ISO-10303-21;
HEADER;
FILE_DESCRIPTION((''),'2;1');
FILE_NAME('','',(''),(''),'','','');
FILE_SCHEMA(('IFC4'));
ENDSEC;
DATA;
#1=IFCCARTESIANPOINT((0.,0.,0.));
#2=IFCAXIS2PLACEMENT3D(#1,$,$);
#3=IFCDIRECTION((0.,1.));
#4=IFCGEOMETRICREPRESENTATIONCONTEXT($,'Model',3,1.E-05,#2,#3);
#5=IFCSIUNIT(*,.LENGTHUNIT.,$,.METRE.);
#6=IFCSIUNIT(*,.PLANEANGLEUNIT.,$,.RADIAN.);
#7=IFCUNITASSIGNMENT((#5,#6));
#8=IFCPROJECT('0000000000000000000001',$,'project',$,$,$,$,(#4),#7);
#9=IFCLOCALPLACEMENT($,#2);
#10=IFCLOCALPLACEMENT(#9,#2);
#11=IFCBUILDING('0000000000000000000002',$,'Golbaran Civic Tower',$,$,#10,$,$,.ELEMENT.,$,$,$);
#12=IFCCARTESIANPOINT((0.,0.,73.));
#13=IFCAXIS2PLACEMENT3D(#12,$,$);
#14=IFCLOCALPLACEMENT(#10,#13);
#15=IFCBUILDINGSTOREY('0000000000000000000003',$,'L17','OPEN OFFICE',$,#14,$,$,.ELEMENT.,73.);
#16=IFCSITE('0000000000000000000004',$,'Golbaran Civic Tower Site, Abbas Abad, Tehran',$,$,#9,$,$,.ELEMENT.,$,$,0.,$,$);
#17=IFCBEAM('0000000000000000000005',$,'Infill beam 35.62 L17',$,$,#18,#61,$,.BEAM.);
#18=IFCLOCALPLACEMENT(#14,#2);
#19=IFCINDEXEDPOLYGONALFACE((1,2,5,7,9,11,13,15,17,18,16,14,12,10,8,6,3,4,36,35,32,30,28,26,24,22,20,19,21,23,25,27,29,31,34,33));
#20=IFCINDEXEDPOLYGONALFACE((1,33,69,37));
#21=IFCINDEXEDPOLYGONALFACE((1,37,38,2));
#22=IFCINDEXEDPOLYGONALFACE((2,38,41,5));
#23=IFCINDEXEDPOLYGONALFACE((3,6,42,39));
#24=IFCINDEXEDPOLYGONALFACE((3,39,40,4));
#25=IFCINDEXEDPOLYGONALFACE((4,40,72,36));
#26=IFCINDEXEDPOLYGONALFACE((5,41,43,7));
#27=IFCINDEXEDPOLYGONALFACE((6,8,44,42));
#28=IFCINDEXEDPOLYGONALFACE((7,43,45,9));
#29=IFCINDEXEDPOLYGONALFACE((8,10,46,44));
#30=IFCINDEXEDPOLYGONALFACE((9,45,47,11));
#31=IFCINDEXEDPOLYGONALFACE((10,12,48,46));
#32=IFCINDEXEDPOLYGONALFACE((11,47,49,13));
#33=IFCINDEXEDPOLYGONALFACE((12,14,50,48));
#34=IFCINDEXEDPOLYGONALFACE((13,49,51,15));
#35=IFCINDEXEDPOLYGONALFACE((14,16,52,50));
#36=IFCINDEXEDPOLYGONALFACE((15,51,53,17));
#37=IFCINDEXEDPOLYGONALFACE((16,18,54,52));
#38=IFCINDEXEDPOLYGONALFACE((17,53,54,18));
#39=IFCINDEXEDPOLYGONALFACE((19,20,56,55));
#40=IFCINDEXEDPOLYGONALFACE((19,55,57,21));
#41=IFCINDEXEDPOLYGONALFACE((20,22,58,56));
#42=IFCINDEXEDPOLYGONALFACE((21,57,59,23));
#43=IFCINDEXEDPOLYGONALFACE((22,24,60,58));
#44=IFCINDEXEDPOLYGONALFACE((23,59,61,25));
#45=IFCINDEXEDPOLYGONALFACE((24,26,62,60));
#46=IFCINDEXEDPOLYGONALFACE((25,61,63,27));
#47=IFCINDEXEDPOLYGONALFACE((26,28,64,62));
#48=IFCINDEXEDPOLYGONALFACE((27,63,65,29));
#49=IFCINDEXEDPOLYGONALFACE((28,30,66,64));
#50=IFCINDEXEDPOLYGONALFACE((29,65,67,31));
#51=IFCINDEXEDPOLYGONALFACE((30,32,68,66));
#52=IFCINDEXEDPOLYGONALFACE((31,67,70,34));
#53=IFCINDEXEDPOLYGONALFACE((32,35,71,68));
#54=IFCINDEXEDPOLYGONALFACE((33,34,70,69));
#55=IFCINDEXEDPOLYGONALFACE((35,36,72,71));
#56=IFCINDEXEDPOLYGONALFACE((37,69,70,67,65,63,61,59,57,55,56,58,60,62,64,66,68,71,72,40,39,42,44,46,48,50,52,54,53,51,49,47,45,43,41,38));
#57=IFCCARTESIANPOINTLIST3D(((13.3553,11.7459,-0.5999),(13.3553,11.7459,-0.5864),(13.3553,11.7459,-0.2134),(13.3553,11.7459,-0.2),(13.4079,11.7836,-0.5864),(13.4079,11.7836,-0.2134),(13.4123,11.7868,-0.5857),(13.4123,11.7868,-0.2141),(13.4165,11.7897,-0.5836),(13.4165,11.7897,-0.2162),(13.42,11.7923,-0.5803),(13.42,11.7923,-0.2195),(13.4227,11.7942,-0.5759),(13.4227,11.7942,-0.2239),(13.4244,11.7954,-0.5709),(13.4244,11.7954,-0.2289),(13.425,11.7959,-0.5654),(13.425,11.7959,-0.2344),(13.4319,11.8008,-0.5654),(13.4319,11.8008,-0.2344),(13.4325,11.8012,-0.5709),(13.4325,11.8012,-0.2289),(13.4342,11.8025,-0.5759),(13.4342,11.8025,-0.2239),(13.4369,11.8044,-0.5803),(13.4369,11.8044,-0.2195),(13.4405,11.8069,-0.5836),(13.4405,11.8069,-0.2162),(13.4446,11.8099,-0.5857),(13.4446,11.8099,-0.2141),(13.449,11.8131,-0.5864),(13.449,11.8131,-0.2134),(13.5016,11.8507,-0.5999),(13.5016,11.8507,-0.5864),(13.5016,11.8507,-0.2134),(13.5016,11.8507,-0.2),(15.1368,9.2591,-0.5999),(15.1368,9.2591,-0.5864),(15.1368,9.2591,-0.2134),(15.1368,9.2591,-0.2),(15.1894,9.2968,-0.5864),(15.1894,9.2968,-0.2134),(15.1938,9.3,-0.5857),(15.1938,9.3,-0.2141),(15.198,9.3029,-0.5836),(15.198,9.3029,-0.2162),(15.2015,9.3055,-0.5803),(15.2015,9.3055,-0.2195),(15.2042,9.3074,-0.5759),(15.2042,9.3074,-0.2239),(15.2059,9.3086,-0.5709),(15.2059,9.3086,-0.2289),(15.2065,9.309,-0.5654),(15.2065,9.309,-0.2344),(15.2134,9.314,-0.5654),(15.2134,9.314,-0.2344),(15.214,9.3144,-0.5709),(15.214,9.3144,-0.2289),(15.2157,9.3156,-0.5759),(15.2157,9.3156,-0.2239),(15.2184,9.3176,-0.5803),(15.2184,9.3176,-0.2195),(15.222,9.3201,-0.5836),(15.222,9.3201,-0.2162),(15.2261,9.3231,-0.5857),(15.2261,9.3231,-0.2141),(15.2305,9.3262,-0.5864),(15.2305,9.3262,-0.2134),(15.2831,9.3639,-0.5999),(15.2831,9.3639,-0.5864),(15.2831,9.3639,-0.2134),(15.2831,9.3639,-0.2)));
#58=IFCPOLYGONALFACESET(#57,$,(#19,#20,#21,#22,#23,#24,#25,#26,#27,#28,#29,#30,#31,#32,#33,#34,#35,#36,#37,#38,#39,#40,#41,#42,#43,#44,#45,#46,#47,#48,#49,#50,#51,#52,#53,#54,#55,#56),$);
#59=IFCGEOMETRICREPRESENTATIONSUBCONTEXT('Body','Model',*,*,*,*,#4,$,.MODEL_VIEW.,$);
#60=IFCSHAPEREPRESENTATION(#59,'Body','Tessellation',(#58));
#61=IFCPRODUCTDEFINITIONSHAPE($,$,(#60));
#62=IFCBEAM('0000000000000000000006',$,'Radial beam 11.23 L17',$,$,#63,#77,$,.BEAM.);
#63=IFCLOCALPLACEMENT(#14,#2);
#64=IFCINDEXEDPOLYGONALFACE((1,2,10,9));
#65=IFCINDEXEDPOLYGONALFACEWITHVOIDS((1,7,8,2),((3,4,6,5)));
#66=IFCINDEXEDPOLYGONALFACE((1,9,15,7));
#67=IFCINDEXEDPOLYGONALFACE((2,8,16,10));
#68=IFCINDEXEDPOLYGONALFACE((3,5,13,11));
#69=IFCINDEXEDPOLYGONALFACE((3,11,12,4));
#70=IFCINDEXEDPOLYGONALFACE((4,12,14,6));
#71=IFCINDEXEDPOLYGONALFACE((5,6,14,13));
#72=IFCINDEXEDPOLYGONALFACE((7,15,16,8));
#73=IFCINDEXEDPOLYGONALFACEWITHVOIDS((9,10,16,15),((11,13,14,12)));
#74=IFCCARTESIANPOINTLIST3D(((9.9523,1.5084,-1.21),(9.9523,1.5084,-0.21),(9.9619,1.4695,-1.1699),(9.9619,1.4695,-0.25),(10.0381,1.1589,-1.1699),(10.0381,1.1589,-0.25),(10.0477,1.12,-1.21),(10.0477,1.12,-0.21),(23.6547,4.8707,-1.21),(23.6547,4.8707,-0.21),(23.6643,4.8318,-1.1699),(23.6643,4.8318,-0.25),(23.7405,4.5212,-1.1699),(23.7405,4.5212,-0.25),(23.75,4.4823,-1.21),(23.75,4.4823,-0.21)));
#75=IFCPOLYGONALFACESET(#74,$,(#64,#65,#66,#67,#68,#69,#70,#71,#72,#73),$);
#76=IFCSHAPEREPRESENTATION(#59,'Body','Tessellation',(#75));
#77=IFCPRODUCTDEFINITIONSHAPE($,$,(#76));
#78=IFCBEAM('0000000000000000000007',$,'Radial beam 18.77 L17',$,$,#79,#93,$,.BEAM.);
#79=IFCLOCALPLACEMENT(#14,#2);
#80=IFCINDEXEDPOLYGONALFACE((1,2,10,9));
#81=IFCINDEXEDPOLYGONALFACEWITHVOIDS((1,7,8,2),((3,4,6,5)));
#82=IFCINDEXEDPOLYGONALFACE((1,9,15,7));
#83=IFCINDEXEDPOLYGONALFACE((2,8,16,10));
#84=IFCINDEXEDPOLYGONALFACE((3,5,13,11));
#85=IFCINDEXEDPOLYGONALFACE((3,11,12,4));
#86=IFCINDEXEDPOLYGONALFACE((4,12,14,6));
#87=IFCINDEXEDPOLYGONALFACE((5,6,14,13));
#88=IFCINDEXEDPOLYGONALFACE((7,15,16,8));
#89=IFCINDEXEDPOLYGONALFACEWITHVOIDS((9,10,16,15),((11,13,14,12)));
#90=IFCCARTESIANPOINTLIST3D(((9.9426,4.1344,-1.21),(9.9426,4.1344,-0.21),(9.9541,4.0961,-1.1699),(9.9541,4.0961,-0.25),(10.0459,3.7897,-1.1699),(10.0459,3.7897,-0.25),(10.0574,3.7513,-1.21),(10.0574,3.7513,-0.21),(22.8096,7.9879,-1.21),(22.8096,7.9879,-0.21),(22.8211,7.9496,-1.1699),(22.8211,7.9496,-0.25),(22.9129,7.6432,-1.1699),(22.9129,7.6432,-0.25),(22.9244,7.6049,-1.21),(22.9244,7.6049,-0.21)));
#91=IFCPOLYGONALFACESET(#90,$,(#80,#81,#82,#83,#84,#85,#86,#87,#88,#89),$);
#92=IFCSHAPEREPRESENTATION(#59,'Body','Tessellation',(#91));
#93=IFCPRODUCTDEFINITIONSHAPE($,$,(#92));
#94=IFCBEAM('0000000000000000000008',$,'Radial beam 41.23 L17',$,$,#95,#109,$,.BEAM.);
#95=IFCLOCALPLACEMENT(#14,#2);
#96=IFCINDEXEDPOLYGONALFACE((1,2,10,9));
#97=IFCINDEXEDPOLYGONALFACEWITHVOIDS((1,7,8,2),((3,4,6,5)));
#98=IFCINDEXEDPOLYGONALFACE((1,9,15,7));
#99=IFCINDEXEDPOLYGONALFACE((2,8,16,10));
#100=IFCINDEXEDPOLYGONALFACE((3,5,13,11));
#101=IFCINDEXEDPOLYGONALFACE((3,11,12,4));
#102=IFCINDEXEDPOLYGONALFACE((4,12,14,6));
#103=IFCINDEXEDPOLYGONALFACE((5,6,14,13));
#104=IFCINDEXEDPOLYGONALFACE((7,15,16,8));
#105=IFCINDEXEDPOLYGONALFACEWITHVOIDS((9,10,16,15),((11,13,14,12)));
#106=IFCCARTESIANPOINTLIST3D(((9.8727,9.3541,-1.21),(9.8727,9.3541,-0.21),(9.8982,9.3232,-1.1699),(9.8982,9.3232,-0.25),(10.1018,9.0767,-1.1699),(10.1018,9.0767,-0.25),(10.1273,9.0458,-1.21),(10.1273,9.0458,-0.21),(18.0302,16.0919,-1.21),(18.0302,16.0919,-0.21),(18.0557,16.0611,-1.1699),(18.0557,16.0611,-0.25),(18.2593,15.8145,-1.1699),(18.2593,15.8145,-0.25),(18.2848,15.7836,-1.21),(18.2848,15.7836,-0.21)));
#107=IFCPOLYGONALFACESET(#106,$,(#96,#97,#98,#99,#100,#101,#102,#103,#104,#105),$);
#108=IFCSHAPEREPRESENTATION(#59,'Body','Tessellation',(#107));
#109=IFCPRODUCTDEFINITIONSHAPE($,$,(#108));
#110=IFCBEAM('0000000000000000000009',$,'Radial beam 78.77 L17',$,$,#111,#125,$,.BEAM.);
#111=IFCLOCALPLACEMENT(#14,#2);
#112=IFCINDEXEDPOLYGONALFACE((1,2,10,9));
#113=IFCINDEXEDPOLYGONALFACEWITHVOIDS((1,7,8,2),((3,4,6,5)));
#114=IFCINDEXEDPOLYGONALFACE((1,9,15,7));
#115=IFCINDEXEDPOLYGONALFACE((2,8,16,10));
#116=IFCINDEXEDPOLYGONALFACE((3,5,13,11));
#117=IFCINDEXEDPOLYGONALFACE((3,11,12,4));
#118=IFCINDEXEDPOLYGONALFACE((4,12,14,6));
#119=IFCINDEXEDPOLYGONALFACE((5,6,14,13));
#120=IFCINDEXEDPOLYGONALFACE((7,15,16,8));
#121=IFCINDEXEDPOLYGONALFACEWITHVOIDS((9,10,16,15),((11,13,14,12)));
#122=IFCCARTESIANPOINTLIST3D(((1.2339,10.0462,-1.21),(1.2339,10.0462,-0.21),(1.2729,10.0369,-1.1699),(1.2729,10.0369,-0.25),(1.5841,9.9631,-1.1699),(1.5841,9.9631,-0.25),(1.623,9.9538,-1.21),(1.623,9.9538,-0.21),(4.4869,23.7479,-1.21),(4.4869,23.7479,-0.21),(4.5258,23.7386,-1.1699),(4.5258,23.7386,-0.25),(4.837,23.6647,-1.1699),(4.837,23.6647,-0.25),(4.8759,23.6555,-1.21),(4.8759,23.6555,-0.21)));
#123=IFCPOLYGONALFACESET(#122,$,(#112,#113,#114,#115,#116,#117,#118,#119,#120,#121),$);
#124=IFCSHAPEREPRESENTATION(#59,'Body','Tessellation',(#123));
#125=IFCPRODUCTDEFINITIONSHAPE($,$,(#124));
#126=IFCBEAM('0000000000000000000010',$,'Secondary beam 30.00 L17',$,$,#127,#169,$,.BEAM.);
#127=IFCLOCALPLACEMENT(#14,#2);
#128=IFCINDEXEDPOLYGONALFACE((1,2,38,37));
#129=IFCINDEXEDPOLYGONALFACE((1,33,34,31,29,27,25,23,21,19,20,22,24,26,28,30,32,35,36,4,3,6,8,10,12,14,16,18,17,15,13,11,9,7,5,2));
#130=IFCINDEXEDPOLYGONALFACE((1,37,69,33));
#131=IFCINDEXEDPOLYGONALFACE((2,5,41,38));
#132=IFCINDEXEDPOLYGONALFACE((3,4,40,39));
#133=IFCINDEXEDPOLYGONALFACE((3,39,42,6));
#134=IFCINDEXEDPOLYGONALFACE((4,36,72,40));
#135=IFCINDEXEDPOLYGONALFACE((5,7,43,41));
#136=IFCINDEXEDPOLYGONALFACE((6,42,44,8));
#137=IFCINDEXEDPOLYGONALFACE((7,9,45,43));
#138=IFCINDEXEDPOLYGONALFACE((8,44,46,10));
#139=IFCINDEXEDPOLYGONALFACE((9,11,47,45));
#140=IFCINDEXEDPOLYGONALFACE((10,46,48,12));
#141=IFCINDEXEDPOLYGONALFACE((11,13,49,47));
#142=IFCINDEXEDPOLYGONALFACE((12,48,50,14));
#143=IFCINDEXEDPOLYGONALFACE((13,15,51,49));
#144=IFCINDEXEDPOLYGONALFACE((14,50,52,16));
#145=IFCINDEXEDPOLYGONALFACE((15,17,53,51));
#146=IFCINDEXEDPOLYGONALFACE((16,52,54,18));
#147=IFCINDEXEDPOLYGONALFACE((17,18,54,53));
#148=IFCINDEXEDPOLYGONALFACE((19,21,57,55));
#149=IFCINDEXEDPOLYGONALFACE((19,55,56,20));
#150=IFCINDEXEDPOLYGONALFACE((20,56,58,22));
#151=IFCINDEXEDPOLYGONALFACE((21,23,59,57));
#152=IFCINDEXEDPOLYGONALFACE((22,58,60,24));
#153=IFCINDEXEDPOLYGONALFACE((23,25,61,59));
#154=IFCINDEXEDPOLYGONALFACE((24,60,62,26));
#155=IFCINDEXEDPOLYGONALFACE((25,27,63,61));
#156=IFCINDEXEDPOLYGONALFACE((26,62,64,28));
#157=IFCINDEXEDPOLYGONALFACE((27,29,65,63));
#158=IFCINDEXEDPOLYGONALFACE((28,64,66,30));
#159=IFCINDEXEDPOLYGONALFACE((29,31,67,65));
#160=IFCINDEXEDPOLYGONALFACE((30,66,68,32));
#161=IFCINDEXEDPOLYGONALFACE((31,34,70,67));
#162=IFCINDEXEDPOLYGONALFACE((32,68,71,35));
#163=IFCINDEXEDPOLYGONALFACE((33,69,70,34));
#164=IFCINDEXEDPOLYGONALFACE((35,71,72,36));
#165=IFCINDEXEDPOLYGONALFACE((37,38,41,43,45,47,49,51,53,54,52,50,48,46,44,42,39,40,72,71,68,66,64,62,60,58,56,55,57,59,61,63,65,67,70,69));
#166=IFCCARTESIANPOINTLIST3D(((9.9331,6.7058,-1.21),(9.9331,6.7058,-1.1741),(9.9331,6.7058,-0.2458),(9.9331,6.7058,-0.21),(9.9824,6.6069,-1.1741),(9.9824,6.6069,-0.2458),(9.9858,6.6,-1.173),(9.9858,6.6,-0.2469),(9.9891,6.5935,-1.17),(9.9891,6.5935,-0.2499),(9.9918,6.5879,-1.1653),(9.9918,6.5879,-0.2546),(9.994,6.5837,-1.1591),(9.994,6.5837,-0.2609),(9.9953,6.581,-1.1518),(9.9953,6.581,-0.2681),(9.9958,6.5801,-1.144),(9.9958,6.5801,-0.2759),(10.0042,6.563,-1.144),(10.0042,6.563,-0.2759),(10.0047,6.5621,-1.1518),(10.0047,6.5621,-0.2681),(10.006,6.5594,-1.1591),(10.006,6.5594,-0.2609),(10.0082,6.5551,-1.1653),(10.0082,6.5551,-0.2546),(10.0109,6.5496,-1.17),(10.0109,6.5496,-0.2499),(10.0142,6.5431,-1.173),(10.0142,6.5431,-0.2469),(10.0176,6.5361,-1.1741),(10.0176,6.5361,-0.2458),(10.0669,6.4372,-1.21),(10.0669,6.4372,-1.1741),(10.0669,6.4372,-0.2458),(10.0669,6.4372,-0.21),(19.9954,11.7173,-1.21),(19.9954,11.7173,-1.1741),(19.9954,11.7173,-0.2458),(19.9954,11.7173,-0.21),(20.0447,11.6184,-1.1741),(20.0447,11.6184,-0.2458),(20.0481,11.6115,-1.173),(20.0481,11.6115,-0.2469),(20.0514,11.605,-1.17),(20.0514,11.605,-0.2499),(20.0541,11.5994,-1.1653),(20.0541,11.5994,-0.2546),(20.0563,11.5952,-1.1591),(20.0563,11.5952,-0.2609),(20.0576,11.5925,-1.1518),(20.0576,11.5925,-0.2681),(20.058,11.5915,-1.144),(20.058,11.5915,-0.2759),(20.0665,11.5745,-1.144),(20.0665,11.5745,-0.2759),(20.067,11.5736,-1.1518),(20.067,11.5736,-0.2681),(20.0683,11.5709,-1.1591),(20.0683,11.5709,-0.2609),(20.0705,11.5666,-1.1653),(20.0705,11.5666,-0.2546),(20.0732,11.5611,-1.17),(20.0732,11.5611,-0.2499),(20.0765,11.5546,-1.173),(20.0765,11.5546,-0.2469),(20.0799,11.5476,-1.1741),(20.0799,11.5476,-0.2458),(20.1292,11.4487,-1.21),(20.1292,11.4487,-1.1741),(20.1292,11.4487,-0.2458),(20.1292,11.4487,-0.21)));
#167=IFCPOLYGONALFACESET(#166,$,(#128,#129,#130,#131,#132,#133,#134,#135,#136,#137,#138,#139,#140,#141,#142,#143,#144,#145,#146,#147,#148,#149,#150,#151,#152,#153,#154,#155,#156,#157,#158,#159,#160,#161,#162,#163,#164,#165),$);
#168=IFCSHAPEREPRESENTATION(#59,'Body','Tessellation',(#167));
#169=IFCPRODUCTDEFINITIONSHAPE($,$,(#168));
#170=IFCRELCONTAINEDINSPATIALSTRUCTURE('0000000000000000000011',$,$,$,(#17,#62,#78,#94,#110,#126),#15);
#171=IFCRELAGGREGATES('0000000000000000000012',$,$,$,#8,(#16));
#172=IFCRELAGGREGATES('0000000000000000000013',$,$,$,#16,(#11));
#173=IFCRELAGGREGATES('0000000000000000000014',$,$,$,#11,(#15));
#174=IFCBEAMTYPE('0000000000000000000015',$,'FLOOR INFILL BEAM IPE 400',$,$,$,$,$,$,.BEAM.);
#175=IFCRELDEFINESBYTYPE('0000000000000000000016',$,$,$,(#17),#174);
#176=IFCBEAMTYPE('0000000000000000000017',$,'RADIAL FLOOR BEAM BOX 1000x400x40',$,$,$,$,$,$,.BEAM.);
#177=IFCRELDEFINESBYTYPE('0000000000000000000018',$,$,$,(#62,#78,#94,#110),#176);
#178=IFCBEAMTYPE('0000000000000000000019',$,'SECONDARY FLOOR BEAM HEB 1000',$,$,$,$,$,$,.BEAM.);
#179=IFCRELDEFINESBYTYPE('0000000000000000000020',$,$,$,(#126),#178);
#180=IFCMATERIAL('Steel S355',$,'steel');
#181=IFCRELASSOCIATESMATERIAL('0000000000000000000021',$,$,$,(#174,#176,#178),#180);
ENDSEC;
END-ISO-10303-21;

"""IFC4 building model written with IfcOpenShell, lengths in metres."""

from ifc_helpers import new_model, si_unit, direction, frame, origin, origin_2d, place, context, subcontext, project, spatial, hollow_rectangle, i_section, extrude, material, material_profile, profile_set, type_object, element, save


model = new_model("IFC4")

# Units and contexts
model_context = context("Model", 3, precision=1e-05, world=origin(), true_north=direction((0.0, 1.0)))
body_context = subcontext(model_context, "Body", "Model", "MODEL_VIEW")
ifc_project = project(units=[si_unit("LENGTHUNIT", "METRE"), si_unit("PLANEANGLEUNIT", "RADIAN")], contexts=[model_context])

# Site, building, storey
site_placement = place(None, origin())
site = spatial("IfcSite", under=ifc_project, at=site_placement, Name="Golbaran Civic Tower Site, Abbas Abad, Tehran", CompositionType="ELEMENT", RefElevation=0.0)
building_placement = place(site_placement, origin())
building = spatial("IfcBuilding", under=site, at=building_placement, Name="Golbaran Civic Tower", CompositionType="ELEMENT")
storey_placement = place(building_placement, frame((0.0, 0.0, 73.0)))
storey = spatial("IfcBuildingStorey", under=building, at=storey_placement, Name="L17", Description="OPEN OFFICE", CompositionType="ELEMENT", Elevation=73.0)

# Beams
ifc_material_1 = material(Name="Steel S355", Category="steel")
ifc_material_profile_1 = material_profile(ifc_material_1, i_section(OverallWidth=0.1799, OverallDepth=0.3999, WebThickness=0.0085, FlangeThickness=0.0134, FilletRadius=0.021, at=origin_2d()), Name="IPE 400")
ifc_profile_set_1 = profile_set([ifc_material_profile_1], Name="Steel S355")
beam_type_1 = type_object("IfcBeamType", Name="FLOOR INFILL BEAM IPE 400", PredefinedType="BEAM", material=ifc_profile_set_1)
beam_1_placement = place(storey_placement, frame((15.21, 9.3115, -0.3999), z_axis=(-0.582363, 0.812929, 0.0), x_axis=(-0.812929, -0.582363, 0.0)))
element("IfcBeam", 1, at=beam_1_placement, inside=storey, type_object=beam_type_1, Name="Infill beam 35.62 L17", PredefinedType="BEAM", context=body_context, shape_type="SweptSolid", body=[
    extrude(i_section(OverallWidth=0.1799, OverallDepth=0.3999, WebThickness=0.0085, FlangeThickness=0.0134, FilletRadius=0.021, at=origin_2d()), origin(), (0.0, 0.0, 1.0), 3.0591),
])
ifc_material_profile_2 = material_profile(ifc_material_1, hollow_rectangle(XDim=0.3999, YDim=1.0, WallThickness=0.04, at=origin_2d()), Name="BOX 1000x400x40")
ifc_profile_set_2 = profile_set([ifc_material_profile_2], Name="Steel S355")
beam_type_2 = type_object("IfcBeamType", Name="RADIAL FLOOR BEAM BOX 1000x400x40", PredefinedType="BEAM", material=ifc_profile_set_2)
beam_2_placement = place(storey_placement, frame((10.0, 1.3142, -0.71), z_axis=(0.971189, 0.238311, 0.0), x_axis=(-0.238311, 0.971189, 0.0)))
element("IfcBeam", 2, at=beam_2_placement, inside=storey, type_object=beam_type_2, Name="Radial beam 11.23 L17", PredefinedType="BEAM", context=body_context, shape_type="SweptSolid", body=[
    extrude(hollow_rectangle(XDim=0.3999, YDim=1.0, WallThickness=0.04, at=origin_2d()), origin(), (0.0, 0.0, 1.0), 14.1089),
])
beam_3_placement = place(storey_placement, frame((10.0, 3.9429, -0.71), z_axis=(0.957961, 0.286899, 0.0), x_axis=(-0.286899, 0.957961, 0.0)))
element("IfcBeam", 3, at=beam_3_placement, inside=storey, type_object=beam_type_2, Name="Radial beam 18.77 L17", PredefinedType="BEAM", context=body_context, shape_type="SweptSolid", body=[
    extrude(hollow_rectangle(XDim=0.3999, YDim=1.0, WallThickness=0.04, at=origin_2d()), origin(), (0.0, 0.0, 1.0), 13.4316),
])
beam_4_placement = place(storey_placement, frame((10.0, 9.2, -0.71), z_axis=(0.771008, 0.636826, 0.0), x_axis=(-0.636826, 0.771008, 0.0)))
element("IfcBeam", 4, at=beam_4_placement, inside=storey, type_object=beam_type_2, Name="Radial beam 41.23 L17", PredefinedType="BEAM", context=body_context, shape_type="SweptSolid", body=[
    extrude(hollow_rectangle(XDim=0.3999, YDim=1.0, WallThickness=0.04, at=origin_2d()), origin(), (0.0, 0.0, 1.0), 10.5803),
])
beam_5_placement = place(storey_placement, frame((1.4285, 10.0, -0.71), z_axis=(0.230991, 0.972956, 0.0), x_axis=(-0.972956, 0.230991, 0.0)))
element("IfcBeam", 5, at=beam_5_placement, inside=storey, type_object=beam_type_2, Name="Radial beam 78.77 L17", PredefinedType="BEAM", context=body_context, shape_type="SweptSolid", body=[
    extrude(hollow_rectangle(XDim=0.3999, YDim=1.0, WallThickness=0.04, at=origin_2d()), origin(), (0.0, 0.0, 1.0), 14.0825),
])
ifc_material_profile_3 = material_profile(ifc_material_1, i_section(OverallWidth=0.3, OverallDepth=1.0, WebThickness=0.019, FlangeThickness=0.0359, FilletRadius=0.03, at=origin_2d()), Name="HEB 1000")
ifc_profile_set_3 = profile_set([ifc_material_profile_3], Name="Steel S355")
beam_type_3 = type_object("IfcBeamType", Name="SECONDARY FLOOR BEAM HEB 1000", PredefinedType="BEAM", material=ifc_profile_set_3)
beam_6_placement = place(storey_placement, frame((10.0, 6.5715, -0.71), z_axis=(0.895125, 0.445814, 0.0), x_axis=(-0.445814, 0.895125, 0.0)))
element("IfcBeam", 6, at=beam_6_placement, inside=storey, type_object=beam_type_3, Name="Secondary beam 30.00 L17", PredefinedType="BEAM", context=body_context, shape_type="SweptSolid", body=[
    extrude(i_section(OverallWidth=0.3, OverallDepth=1.0, WebThickness=0.019, FlangeThickness=0.0359, FilletRadius=0.03, at=origin_2d()), origin(), (0.0, 0.0, 1.0), 11.2412),
])

save(model, "model.ifc")
